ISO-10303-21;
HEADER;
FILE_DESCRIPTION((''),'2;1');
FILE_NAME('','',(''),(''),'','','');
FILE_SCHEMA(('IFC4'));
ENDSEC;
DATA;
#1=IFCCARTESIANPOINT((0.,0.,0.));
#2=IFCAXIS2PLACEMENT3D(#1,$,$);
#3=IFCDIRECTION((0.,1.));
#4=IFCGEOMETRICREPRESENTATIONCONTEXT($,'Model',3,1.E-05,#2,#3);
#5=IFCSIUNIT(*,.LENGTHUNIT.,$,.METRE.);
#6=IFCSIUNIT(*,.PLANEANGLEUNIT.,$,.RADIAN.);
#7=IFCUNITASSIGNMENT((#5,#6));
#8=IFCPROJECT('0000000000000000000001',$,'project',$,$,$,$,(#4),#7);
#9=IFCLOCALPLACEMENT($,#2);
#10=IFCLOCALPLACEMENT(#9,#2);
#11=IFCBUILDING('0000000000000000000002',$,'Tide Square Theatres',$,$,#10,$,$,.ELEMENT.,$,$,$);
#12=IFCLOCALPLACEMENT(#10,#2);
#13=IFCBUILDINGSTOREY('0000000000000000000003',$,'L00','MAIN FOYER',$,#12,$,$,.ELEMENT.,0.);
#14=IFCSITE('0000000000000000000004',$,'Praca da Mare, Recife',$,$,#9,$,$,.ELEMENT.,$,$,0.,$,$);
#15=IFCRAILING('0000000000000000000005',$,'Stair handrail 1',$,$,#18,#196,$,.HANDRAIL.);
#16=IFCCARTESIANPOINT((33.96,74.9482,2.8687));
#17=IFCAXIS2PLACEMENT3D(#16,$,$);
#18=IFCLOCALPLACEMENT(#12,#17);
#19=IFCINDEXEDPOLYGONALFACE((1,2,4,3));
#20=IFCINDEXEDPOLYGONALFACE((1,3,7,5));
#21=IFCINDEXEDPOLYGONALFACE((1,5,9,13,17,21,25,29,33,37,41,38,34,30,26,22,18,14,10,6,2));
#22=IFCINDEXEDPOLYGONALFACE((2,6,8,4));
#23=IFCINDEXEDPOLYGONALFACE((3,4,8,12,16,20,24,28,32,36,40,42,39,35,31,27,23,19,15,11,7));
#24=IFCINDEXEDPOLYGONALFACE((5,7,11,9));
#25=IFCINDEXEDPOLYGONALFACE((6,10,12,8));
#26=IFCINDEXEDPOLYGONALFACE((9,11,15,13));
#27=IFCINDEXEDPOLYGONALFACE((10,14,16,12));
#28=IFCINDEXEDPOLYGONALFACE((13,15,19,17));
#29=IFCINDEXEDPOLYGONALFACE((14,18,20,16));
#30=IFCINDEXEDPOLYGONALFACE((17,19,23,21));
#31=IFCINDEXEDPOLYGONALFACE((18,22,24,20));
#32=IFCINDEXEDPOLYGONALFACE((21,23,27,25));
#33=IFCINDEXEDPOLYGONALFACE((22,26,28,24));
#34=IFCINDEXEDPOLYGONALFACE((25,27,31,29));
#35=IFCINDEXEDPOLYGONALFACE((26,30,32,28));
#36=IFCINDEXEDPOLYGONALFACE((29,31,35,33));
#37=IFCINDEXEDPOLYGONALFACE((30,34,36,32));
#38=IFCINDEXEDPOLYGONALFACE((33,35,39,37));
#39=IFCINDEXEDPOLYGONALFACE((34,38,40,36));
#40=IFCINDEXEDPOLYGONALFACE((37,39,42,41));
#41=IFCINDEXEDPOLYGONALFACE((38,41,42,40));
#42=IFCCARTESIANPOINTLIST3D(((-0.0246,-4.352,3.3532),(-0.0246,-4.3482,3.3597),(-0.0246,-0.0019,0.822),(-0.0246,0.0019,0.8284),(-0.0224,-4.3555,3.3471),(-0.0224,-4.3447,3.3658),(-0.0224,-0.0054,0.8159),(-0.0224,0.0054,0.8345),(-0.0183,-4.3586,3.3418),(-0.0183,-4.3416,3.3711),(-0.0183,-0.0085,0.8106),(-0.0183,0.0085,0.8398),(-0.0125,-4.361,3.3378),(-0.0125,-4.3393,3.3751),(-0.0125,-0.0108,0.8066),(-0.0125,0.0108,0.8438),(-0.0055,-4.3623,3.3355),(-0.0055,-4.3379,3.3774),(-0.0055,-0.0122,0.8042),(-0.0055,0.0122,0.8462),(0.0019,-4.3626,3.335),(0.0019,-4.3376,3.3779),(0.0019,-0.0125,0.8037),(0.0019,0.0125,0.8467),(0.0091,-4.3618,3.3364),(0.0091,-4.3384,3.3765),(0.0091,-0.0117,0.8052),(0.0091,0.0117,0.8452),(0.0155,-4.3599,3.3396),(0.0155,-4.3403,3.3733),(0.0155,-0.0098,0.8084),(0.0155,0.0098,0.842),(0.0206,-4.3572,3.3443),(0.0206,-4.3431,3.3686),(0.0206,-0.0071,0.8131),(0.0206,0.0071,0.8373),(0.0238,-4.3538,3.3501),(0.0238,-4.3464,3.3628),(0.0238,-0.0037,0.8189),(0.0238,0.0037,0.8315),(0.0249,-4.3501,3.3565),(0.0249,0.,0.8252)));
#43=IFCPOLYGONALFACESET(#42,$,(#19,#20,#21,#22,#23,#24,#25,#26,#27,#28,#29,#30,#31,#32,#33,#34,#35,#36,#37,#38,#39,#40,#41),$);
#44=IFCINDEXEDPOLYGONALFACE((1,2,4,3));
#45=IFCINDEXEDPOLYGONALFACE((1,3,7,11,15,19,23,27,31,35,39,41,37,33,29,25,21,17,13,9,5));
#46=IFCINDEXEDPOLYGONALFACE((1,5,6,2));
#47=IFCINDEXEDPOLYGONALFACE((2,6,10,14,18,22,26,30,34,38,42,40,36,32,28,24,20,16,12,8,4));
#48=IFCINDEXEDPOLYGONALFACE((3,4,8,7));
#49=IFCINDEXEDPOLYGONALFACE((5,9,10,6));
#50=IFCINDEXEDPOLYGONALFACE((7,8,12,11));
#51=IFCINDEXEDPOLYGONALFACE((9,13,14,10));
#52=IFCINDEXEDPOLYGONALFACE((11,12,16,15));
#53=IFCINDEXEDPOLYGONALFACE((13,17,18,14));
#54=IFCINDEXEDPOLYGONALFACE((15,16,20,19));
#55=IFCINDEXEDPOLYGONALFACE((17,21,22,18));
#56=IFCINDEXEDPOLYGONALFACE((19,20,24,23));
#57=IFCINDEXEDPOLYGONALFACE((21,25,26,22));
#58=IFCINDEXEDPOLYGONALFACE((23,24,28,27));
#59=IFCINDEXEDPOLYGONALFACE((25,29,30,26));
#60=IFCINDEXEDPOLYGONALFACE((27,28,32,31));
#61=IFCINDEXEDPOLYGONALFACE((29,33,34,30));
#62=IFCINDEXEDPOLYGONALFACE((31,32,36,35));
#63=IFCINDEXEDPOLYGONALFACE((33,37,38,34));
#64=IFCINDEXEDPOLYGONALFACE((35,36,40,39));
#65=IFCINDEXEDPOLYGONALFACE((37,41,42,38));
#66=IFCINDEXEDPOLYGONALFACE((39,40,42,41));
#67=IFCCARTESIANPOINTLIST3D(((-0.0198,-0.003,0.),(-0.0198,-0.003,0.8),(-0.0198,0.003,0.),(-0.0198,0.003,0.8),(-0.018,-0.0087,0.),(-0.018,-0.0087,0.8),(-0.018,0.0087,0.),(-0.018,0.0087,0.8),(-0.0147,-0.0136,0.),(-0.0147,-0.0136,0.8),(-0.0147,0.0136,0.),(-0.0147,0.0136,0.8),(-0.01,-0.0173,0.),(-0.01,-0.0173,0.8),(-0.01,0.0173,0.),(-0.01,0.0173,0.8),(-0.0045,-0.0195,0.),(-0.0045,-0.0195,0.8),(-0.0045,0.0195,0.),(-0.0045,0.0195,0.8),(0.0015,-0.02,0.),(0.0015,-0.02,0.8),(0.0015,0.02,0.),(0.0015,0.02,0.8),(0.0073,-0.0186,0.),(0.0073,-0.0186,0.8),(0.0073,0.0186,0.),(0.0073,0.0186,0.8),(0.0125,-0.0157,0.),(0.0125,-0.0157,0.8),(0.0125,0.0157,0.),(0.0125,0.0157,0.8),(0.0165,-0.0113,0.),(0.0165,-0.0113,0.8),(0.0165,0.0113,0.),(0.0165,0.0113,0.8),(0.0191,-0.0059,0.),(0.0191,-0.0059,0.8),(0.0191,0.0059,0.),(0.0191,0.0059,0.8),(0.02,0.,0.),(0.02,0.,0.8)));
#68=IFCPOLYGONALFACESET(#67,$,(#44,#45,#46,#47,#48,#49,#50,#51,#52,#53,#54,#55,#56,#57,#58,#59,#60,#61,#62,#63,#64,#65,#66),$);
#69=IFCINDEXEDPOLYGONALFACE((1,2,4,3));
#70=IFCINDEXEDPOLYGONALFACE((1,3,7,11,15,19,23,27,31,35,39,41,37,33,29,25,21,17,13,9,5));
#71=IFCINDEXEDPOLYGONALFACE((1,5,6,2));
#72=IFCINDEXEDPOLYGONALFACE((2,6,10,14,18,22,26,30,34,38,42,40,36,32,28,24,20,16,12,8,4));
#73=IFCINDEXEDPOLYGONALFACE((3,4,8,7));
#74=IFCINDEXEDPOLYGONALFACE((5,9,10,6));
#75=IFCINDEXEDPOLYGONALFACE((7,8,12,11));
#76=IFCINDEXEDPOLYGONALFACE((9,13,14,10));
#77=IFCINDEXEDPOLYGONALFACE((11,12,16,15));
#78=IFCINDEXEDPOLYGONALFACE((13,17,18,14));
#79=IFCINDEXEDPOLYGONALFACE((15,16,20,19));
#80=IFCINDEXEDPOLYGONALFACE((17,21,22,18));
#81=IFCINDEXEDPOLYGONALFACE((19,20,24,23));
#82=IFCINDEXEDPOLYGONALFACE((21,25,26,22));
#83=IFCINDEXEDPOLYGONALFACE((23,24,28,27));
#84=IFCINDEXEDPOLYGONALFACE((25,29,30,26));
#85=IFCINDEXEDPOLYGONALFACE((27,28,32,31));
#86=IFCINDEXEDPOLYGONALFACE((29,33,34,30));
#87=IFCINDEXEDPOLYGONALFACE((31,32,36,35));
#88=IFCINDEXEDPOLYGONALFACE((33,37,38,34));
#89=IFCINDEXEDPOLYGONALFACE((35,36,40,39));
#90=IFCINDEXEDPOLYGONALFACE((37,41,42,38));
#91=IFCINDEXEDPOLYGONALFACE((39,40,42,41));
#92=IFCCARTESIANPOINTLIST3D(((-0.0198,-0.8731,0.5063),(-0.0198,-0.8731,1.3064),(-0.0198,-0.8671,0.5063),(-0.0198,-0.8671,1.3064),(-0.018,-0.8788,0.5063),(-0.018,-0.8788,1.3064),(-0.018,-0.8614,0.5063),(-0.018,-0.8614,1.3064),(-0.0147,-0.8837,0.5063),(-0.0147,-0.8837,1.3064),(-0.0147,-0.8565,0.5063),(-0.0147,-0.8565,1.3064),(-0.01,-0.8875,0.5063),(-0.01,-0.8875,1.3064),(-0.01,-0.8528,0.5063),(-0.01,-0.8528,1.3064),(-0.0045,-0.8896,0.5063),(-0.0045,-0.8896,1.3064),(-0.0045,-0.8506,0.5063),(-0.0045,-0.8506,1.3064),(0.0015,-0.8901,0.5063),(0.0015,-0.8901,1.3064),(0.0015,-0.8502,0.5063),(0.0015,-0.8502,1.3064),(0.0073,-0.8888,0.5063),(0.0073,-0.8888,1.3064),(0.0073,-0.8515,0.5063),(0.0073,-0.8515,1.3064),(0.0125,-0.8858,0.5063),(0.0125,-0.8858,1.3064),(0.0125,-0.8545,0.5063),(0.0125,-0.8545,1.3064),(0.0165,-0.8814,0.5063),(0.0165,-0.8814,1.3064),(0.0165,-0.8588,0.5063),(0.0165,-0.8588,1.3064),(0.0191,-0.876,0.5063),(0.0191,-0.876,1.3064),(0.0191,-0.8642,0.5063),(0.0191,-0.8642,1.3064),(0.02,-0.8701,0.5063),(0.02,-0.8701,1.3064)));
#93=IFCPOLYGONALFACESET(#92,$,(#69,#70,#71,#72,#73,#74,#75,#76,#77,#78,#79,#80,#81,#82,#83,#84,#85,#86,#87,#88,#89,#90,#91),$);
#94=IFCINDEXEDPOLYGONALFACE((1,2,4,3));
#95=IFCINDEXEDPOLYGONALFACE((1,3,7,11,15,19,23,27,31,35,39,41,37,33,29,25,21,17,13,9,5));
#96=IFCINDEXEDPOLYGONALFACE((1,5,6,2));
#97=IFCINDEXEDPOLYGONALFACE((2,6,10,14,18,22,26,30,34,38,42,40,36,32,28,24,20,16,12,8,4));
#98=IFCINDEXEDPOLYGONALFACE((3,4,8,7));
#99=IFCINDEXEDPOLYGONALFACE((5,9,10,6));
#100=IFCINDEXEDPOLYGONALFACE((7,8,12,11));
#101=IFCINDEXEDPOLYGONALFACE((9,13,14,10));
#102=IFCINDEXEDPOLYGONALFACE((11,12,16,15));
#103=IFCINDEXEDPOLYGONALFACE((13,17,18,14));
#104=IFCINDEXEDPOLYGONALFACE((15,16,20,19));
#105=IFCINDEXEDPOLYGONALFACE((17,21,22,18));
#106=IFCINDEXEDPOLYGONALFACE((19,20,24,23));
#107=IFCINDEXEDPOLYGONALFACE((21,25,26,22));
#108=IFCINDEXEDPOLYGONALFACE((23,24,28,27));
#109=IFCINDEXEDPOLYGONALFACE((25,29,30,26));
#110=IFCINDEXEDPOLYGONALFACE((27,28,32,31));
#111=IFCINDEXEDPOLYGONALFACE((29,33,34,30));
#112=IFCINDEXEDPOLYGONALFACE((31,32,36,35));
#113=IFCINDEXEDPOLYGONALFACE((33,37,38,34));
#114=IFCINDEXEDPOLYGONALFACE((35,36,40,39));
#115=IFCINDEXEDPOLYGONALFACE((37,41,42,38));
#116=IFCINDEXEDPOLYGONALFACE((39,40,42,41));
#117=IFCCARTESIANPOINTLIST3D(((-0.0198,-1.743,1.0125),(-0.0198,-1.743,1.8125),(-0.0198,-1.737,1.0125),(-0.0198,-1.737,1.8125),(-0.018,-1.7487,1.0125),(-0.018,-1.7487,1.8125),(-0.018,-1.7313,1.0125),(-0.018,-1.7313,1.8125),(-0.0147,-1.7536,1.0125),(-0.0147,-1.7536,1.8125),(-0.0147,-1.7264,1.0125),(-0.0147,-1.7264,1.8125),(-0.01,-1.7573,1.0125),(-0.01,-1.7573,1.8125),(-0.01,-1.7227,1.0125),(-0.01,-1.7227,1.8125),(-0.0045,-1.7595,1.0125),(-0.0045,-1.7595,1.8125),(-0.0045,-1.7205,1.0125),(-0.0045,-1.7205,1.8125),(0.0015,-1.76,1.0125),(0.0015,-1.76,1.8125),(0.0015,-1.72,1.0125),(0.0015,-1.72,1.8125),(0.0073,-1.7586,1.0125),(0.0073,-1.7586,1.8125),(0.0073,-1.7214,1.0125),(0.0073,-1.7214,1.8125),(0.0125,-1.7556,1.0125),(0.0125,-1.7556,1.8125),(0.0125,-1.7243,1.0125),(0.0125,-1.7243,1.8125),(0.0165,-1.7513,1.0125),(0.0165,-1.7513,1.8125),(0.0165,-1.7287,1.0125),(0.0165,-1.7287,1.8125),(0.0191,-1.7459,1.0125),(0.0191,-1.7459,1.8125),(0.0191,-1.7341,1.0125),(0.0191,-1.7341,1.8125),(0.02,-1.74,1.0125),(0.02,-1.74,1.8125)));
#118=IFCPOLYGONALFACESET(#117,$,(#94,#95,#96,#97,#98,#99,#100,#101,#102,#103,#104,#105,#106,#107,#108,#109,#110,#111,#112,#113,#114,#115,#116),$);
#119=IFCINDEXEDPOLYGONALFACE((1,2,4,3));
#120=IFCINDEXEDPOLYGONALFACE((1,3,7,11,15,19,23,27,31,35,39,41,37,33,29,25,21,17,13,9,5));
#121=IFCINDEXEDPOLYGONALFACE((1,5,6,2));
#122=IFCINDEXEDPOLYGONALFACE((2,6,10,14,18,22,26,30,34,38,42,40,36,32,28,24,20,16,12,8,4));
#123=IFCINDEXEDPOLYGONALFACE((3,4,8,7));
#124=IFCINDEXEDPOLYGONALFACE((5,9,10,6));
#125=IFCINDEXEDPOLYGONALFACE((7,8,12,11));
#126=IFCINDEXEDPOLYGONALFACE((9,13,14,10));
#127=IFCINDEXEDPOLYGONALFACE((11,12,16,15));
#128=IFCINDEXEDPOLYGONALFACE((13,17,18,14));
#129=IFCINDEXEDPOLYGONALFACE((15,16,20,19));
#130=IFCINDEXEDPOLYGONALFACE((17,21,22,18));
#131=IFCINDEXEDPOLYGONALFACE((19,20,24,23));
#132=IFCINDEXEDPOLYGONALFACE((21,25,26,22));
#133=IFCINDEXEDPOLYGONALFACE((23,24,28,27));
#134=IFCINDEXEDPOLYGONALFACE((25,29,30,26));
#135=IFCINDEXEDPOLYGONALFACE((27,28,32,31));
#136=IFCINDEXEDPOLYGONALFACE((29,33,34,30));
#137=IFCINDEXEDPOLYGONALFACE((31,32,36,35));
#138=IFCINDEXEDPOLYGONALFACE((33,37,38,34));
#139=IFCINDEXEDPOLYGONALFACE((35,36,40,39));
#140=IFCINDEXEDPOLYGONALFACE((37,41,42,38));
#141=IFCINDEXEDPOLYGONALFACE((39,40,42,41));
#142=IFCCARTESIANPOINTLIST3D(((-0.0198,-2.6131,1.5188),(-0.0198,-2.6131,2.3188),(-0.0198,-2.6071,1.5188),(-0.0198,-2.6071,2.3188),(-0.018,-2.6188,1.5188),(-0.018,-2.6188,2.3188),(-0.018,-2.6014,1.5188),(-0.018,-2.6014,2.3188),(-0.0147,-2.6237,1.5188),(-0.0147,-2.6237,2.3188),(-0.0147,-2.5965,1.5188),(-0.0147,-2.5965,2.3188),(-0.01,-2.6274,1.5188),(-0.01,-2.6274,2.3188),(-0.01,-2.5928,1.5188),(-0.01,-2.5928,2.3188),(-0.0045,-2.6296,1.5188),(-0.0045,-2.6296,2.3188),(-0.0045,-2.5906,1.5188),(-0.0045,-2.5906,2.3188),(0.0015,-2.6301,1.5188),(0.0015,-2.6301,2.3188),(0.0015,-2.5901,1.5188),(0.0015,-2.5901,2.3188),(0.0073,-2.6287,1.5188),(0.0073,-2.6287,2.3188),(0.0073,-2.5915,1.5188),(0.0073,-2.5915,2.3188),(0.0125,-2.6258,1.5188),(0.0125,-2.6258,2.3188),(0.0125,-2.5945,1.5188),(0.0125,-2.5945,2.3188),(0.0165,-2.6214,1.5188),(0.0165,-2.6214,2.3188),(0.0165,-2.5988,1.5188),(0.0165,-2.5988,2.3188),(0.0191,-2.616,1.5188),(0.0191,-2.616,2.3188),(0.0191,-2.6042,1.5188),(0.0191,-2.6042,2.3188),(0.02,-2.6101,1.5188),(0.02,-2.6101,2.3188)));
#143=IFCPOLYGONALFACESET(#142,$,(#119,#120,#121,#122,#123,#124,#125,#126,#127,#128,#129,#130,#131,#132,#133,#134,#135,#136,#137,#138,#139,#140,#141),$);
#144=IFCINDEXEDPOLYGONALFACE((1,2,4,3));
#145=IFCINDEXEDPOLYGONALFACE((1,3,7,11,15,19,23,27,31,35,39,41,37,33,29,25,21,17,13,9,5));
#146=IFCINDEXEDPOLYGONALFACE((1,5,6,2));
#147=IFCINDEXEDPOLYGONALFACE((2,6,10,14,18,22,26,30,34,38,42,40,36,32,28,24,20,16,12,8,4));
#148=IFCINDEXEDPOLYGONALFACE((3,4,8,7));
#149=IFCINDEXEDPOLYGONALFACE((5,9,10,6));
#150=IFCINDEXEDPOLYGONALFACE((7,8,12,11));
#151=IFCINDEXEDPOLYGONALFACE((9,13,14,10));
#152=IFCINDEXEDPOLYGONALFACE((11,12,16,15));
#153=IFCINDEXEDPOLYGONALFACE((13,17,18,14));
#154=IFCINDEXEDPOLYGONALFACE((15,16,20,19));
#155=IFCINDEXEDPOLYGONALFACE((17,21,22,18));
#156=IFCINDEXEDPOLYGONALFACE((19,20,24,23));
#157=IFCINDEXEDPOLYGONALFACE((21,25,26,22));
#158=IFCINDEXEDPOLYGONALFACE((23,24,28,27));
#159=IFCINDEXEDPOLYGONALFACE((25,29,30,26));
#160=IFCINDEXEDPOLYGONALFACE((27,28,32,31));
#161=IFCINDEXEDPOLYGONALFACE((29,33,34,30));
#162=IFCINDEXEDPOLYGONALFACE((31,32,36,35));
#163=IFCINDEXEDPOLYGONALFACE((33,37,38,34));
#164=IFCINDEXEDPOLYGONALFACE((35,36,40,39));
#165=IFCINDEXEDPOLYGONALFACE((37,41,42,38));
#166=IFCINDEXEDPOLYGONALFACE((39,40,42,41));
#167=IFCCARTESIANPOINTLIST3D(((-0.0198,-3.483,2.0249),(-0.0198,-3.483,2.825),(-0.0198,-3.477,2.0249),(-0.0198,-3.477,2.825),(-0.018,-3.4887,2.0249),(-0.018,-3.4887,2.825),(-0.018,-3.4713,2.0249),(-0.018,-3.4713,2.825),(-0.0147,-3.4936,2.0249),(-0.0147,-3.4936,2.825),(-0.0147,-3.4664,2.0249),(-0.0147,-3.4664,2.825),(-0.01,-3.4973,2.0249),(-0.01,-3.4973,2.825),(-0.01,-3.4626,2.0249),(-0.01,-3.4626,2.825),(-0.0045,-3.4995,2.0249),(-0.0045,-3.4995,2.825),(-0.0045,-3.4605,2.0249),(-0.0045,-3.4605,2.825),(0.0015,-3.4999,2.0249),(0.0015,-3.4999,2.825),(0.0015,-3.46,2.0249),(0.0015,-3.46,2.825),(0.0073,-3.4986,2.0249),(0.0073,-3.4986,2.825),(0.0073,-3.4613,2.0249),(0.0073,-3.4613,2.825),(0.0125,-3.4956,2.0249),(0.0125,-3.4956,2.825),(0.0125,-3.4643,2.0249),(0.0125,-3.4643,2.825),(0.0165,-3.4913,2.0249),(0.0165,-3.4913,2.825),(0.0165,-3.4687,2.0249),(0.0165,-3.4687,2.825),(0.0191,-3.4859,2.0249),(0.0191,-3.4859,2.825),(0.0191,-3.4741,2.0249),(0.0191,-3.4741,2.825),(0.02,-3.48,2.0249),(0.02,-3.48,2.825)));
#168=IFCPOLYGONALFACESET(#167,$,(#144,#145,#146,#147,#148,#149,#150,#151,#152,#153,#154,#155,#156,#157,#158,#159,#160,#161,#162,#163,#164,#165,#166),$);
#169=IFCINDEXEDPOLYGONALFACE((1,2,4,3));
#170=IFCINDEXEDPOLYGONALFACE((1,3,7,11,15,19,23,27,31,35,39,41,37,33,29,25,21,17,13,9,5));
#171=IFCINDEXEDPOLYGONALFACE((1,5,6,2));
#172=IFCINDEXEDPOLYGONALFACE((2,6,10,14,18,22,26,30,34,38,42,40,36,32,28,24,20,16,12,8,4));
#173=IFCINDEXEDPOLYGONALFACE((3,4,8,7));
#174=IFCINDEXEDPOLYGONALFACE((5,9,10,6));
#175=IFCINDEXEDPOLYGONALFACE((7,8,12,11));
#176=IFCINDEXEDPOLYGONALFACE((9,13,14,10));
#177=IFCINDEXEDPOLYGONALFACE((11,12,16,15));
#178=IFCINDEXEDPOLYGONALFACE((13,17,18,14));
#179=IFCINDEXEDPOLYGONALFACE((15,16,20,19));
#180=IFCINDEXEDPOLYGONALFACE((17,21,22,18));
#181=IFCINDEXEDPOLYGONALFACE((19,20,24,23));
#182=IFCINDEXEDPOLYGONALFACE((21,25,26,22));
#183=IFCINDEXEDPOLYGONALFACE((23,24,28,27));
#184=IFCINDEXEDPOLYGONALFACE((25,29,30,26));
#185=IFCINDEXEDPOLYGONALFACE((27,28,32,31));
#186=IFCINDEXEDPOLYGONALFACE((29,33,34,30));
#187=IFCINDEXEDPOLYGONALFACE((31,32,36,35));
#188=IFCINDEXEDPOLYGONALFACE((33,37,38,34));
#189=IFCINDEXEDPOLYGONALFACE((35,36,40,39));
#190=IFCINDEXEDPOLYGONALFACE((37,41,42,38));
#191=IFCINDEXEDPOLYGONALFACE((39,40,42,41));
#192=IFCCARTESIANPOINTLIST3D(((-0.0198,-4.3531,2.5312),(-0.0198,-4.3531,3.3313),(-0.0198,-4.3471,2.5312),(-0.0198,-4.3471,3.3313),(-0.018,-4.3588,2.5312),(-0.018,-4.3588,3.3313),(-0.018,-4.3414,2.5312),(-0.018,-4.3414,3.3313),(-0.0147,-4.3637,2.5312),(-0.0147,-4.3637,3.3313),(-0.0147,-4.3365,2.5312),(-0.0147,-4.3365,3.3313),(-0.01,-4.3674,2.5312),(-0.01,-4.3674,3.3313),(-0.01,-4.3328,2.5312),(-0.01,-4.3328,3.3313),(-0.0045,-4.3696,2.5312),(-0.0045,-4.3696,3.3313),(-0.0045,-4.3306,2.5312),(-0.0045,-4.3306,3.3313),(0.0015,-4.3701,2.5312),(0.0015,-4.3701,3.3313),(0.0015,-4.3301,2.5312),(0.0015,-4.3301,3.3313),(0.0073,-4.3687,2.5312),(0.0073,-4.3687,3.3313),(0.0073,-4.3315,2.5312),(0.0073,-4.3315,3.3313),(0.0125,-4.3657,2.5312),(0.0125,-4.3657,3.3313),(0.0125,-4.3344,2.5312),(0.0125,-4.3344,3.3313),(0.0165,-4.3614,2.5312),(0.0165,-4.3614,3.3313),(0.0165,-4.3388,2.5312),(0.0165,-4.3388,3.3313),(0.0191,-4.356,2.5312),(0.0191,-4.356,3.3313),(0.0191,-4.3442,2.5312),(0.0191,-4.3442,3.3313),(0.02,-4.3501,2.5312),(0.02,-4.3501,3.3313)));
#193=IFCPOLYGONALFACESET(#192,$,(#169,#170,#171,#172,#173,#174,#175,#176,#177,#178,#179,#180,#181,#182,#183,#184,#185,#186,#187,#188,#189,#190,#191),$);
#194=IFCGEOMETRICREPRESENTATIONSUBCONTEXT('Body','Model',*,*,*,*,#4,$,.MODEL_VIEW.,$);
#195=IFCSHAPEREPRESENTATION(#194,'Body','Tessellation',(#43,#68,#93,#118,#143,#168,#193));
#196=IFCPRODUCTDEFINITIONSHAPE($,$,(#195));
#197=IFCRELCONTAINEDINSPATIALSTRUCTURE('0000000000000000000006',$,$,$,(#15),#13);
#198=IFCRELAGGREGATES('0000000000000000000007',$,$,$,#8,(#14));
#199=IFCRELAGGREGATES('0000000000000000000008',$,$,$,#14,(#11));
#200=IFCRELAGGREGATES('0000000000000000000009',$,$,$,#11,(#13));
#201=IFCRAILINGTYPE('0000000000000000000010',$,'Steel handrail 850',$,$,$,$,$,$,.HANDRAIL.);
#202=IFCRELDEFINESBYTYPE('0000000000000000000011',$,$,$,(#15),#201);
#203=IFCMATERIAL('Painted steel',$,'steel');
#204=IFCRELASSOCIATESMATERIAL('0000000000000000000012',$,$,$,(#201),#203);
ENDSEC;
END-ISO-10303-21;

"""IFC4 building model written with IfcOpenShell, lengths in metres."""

from ifc_helpers import new_model, si_unit, direction, frame, origin, origin_2d, place, context, subcontext, project, spatial, circle, extrude, material, type_object, element, save


model = new_model("IFC4")

# Units and contexts
model_context = context("Model", 3, precision=1e-05, world=origin(), true_north=direction((0.0, 1.0)))
body_context = subcontext(model_context, "Body", "Model", "MODEL_VIEW")
ifc_project = project(units=[si_unit("LENGTHUNIT", "METRE"), si_unit("PLANEANGLEUNIT", "RADIAN")], contexts=[model_context])

# Site, building, storey
site_placement = place(None, origin())
site = spatial("IfcSite", under=ifc_project, at=site_placement, Name="Praca da Mare, Recife", CompositionType="ELEMENT", RefElevation=0.0)
building_placement = place(site_placement, origin())
building = spatial("IfcBuilding", under=site, at=building_placement, Name="Tide Square Theatres", CompositionType="ELEMENT")
storey_placement = place(building_placement, origin())
storey = spatial("IfcBuildingStorey", under=building, at=storey_placement, Name="L00", Description="MAIN FOYER", CompositionType="ELEMENT", Elevation=0.0)

# Railing
ifc_material_1 = material(Name="Painted steel", Category="steel")
railing_type = type_object("IfcRailingType", Name="Steel handrail 850", PredefinedType="HANDRAIL", material=ifc_material_1)
for number, where, name in (
    (1, (33.96, 74.9482, 2.8687), "Stair handrail 1"),
):
    element("IfcRailing", number, at=place(storey_placement, frame(where)), inside=storey, type_object=railing_type, Name=name, PredefinedType="HANDRAIL", context=body_context, shape_type="SweptSolid", body=[
        extrude(circle(Radius=0.0249, at=origin_2d()), frame((0.0, 0.0, 0.8252), z_axis=(0.0, -0.864324, 0.502936), x_axis=(1.0, 0.0, 0.0)), (0.0, 0.0, 1.0), 5.033),
        extrude(circle(Radius=0.02, at=origin_2d()), origin(), (0.0, 0.0, 1.0), 0.8),
        extrude(circle(Radius=0.02, at=origin_2d()), frame((0.0, -0.8701, 0.5063)), (0.0, 0.0, 1.0), 0.8),
        extrude(circle(Radius=0.02, at=origin_2d()), frame((0.0, -1.74, 1.0125)), (0.0, 0.0, 1.0), 0.8),
        extrude(circle(Radius=0.02, at=origin_2d()), frame((0.0, -2.6101, 1.5188)), (0.0, 0.0, 1.0), 0.8),
        extrude(circle(Radius=0.02, at=origin_2d()), frame((0.0, -3.48, 2.0249)), (0.0, 0.0, 1.0), 0.8),
        extrude(circle(Radius=0.02, at=origin_2d()), frame((0.0, -4.3501, 2.5312)), (0.0, 0.0, 1.0), 0.8),
    ])

save(model, "model.ifc")
